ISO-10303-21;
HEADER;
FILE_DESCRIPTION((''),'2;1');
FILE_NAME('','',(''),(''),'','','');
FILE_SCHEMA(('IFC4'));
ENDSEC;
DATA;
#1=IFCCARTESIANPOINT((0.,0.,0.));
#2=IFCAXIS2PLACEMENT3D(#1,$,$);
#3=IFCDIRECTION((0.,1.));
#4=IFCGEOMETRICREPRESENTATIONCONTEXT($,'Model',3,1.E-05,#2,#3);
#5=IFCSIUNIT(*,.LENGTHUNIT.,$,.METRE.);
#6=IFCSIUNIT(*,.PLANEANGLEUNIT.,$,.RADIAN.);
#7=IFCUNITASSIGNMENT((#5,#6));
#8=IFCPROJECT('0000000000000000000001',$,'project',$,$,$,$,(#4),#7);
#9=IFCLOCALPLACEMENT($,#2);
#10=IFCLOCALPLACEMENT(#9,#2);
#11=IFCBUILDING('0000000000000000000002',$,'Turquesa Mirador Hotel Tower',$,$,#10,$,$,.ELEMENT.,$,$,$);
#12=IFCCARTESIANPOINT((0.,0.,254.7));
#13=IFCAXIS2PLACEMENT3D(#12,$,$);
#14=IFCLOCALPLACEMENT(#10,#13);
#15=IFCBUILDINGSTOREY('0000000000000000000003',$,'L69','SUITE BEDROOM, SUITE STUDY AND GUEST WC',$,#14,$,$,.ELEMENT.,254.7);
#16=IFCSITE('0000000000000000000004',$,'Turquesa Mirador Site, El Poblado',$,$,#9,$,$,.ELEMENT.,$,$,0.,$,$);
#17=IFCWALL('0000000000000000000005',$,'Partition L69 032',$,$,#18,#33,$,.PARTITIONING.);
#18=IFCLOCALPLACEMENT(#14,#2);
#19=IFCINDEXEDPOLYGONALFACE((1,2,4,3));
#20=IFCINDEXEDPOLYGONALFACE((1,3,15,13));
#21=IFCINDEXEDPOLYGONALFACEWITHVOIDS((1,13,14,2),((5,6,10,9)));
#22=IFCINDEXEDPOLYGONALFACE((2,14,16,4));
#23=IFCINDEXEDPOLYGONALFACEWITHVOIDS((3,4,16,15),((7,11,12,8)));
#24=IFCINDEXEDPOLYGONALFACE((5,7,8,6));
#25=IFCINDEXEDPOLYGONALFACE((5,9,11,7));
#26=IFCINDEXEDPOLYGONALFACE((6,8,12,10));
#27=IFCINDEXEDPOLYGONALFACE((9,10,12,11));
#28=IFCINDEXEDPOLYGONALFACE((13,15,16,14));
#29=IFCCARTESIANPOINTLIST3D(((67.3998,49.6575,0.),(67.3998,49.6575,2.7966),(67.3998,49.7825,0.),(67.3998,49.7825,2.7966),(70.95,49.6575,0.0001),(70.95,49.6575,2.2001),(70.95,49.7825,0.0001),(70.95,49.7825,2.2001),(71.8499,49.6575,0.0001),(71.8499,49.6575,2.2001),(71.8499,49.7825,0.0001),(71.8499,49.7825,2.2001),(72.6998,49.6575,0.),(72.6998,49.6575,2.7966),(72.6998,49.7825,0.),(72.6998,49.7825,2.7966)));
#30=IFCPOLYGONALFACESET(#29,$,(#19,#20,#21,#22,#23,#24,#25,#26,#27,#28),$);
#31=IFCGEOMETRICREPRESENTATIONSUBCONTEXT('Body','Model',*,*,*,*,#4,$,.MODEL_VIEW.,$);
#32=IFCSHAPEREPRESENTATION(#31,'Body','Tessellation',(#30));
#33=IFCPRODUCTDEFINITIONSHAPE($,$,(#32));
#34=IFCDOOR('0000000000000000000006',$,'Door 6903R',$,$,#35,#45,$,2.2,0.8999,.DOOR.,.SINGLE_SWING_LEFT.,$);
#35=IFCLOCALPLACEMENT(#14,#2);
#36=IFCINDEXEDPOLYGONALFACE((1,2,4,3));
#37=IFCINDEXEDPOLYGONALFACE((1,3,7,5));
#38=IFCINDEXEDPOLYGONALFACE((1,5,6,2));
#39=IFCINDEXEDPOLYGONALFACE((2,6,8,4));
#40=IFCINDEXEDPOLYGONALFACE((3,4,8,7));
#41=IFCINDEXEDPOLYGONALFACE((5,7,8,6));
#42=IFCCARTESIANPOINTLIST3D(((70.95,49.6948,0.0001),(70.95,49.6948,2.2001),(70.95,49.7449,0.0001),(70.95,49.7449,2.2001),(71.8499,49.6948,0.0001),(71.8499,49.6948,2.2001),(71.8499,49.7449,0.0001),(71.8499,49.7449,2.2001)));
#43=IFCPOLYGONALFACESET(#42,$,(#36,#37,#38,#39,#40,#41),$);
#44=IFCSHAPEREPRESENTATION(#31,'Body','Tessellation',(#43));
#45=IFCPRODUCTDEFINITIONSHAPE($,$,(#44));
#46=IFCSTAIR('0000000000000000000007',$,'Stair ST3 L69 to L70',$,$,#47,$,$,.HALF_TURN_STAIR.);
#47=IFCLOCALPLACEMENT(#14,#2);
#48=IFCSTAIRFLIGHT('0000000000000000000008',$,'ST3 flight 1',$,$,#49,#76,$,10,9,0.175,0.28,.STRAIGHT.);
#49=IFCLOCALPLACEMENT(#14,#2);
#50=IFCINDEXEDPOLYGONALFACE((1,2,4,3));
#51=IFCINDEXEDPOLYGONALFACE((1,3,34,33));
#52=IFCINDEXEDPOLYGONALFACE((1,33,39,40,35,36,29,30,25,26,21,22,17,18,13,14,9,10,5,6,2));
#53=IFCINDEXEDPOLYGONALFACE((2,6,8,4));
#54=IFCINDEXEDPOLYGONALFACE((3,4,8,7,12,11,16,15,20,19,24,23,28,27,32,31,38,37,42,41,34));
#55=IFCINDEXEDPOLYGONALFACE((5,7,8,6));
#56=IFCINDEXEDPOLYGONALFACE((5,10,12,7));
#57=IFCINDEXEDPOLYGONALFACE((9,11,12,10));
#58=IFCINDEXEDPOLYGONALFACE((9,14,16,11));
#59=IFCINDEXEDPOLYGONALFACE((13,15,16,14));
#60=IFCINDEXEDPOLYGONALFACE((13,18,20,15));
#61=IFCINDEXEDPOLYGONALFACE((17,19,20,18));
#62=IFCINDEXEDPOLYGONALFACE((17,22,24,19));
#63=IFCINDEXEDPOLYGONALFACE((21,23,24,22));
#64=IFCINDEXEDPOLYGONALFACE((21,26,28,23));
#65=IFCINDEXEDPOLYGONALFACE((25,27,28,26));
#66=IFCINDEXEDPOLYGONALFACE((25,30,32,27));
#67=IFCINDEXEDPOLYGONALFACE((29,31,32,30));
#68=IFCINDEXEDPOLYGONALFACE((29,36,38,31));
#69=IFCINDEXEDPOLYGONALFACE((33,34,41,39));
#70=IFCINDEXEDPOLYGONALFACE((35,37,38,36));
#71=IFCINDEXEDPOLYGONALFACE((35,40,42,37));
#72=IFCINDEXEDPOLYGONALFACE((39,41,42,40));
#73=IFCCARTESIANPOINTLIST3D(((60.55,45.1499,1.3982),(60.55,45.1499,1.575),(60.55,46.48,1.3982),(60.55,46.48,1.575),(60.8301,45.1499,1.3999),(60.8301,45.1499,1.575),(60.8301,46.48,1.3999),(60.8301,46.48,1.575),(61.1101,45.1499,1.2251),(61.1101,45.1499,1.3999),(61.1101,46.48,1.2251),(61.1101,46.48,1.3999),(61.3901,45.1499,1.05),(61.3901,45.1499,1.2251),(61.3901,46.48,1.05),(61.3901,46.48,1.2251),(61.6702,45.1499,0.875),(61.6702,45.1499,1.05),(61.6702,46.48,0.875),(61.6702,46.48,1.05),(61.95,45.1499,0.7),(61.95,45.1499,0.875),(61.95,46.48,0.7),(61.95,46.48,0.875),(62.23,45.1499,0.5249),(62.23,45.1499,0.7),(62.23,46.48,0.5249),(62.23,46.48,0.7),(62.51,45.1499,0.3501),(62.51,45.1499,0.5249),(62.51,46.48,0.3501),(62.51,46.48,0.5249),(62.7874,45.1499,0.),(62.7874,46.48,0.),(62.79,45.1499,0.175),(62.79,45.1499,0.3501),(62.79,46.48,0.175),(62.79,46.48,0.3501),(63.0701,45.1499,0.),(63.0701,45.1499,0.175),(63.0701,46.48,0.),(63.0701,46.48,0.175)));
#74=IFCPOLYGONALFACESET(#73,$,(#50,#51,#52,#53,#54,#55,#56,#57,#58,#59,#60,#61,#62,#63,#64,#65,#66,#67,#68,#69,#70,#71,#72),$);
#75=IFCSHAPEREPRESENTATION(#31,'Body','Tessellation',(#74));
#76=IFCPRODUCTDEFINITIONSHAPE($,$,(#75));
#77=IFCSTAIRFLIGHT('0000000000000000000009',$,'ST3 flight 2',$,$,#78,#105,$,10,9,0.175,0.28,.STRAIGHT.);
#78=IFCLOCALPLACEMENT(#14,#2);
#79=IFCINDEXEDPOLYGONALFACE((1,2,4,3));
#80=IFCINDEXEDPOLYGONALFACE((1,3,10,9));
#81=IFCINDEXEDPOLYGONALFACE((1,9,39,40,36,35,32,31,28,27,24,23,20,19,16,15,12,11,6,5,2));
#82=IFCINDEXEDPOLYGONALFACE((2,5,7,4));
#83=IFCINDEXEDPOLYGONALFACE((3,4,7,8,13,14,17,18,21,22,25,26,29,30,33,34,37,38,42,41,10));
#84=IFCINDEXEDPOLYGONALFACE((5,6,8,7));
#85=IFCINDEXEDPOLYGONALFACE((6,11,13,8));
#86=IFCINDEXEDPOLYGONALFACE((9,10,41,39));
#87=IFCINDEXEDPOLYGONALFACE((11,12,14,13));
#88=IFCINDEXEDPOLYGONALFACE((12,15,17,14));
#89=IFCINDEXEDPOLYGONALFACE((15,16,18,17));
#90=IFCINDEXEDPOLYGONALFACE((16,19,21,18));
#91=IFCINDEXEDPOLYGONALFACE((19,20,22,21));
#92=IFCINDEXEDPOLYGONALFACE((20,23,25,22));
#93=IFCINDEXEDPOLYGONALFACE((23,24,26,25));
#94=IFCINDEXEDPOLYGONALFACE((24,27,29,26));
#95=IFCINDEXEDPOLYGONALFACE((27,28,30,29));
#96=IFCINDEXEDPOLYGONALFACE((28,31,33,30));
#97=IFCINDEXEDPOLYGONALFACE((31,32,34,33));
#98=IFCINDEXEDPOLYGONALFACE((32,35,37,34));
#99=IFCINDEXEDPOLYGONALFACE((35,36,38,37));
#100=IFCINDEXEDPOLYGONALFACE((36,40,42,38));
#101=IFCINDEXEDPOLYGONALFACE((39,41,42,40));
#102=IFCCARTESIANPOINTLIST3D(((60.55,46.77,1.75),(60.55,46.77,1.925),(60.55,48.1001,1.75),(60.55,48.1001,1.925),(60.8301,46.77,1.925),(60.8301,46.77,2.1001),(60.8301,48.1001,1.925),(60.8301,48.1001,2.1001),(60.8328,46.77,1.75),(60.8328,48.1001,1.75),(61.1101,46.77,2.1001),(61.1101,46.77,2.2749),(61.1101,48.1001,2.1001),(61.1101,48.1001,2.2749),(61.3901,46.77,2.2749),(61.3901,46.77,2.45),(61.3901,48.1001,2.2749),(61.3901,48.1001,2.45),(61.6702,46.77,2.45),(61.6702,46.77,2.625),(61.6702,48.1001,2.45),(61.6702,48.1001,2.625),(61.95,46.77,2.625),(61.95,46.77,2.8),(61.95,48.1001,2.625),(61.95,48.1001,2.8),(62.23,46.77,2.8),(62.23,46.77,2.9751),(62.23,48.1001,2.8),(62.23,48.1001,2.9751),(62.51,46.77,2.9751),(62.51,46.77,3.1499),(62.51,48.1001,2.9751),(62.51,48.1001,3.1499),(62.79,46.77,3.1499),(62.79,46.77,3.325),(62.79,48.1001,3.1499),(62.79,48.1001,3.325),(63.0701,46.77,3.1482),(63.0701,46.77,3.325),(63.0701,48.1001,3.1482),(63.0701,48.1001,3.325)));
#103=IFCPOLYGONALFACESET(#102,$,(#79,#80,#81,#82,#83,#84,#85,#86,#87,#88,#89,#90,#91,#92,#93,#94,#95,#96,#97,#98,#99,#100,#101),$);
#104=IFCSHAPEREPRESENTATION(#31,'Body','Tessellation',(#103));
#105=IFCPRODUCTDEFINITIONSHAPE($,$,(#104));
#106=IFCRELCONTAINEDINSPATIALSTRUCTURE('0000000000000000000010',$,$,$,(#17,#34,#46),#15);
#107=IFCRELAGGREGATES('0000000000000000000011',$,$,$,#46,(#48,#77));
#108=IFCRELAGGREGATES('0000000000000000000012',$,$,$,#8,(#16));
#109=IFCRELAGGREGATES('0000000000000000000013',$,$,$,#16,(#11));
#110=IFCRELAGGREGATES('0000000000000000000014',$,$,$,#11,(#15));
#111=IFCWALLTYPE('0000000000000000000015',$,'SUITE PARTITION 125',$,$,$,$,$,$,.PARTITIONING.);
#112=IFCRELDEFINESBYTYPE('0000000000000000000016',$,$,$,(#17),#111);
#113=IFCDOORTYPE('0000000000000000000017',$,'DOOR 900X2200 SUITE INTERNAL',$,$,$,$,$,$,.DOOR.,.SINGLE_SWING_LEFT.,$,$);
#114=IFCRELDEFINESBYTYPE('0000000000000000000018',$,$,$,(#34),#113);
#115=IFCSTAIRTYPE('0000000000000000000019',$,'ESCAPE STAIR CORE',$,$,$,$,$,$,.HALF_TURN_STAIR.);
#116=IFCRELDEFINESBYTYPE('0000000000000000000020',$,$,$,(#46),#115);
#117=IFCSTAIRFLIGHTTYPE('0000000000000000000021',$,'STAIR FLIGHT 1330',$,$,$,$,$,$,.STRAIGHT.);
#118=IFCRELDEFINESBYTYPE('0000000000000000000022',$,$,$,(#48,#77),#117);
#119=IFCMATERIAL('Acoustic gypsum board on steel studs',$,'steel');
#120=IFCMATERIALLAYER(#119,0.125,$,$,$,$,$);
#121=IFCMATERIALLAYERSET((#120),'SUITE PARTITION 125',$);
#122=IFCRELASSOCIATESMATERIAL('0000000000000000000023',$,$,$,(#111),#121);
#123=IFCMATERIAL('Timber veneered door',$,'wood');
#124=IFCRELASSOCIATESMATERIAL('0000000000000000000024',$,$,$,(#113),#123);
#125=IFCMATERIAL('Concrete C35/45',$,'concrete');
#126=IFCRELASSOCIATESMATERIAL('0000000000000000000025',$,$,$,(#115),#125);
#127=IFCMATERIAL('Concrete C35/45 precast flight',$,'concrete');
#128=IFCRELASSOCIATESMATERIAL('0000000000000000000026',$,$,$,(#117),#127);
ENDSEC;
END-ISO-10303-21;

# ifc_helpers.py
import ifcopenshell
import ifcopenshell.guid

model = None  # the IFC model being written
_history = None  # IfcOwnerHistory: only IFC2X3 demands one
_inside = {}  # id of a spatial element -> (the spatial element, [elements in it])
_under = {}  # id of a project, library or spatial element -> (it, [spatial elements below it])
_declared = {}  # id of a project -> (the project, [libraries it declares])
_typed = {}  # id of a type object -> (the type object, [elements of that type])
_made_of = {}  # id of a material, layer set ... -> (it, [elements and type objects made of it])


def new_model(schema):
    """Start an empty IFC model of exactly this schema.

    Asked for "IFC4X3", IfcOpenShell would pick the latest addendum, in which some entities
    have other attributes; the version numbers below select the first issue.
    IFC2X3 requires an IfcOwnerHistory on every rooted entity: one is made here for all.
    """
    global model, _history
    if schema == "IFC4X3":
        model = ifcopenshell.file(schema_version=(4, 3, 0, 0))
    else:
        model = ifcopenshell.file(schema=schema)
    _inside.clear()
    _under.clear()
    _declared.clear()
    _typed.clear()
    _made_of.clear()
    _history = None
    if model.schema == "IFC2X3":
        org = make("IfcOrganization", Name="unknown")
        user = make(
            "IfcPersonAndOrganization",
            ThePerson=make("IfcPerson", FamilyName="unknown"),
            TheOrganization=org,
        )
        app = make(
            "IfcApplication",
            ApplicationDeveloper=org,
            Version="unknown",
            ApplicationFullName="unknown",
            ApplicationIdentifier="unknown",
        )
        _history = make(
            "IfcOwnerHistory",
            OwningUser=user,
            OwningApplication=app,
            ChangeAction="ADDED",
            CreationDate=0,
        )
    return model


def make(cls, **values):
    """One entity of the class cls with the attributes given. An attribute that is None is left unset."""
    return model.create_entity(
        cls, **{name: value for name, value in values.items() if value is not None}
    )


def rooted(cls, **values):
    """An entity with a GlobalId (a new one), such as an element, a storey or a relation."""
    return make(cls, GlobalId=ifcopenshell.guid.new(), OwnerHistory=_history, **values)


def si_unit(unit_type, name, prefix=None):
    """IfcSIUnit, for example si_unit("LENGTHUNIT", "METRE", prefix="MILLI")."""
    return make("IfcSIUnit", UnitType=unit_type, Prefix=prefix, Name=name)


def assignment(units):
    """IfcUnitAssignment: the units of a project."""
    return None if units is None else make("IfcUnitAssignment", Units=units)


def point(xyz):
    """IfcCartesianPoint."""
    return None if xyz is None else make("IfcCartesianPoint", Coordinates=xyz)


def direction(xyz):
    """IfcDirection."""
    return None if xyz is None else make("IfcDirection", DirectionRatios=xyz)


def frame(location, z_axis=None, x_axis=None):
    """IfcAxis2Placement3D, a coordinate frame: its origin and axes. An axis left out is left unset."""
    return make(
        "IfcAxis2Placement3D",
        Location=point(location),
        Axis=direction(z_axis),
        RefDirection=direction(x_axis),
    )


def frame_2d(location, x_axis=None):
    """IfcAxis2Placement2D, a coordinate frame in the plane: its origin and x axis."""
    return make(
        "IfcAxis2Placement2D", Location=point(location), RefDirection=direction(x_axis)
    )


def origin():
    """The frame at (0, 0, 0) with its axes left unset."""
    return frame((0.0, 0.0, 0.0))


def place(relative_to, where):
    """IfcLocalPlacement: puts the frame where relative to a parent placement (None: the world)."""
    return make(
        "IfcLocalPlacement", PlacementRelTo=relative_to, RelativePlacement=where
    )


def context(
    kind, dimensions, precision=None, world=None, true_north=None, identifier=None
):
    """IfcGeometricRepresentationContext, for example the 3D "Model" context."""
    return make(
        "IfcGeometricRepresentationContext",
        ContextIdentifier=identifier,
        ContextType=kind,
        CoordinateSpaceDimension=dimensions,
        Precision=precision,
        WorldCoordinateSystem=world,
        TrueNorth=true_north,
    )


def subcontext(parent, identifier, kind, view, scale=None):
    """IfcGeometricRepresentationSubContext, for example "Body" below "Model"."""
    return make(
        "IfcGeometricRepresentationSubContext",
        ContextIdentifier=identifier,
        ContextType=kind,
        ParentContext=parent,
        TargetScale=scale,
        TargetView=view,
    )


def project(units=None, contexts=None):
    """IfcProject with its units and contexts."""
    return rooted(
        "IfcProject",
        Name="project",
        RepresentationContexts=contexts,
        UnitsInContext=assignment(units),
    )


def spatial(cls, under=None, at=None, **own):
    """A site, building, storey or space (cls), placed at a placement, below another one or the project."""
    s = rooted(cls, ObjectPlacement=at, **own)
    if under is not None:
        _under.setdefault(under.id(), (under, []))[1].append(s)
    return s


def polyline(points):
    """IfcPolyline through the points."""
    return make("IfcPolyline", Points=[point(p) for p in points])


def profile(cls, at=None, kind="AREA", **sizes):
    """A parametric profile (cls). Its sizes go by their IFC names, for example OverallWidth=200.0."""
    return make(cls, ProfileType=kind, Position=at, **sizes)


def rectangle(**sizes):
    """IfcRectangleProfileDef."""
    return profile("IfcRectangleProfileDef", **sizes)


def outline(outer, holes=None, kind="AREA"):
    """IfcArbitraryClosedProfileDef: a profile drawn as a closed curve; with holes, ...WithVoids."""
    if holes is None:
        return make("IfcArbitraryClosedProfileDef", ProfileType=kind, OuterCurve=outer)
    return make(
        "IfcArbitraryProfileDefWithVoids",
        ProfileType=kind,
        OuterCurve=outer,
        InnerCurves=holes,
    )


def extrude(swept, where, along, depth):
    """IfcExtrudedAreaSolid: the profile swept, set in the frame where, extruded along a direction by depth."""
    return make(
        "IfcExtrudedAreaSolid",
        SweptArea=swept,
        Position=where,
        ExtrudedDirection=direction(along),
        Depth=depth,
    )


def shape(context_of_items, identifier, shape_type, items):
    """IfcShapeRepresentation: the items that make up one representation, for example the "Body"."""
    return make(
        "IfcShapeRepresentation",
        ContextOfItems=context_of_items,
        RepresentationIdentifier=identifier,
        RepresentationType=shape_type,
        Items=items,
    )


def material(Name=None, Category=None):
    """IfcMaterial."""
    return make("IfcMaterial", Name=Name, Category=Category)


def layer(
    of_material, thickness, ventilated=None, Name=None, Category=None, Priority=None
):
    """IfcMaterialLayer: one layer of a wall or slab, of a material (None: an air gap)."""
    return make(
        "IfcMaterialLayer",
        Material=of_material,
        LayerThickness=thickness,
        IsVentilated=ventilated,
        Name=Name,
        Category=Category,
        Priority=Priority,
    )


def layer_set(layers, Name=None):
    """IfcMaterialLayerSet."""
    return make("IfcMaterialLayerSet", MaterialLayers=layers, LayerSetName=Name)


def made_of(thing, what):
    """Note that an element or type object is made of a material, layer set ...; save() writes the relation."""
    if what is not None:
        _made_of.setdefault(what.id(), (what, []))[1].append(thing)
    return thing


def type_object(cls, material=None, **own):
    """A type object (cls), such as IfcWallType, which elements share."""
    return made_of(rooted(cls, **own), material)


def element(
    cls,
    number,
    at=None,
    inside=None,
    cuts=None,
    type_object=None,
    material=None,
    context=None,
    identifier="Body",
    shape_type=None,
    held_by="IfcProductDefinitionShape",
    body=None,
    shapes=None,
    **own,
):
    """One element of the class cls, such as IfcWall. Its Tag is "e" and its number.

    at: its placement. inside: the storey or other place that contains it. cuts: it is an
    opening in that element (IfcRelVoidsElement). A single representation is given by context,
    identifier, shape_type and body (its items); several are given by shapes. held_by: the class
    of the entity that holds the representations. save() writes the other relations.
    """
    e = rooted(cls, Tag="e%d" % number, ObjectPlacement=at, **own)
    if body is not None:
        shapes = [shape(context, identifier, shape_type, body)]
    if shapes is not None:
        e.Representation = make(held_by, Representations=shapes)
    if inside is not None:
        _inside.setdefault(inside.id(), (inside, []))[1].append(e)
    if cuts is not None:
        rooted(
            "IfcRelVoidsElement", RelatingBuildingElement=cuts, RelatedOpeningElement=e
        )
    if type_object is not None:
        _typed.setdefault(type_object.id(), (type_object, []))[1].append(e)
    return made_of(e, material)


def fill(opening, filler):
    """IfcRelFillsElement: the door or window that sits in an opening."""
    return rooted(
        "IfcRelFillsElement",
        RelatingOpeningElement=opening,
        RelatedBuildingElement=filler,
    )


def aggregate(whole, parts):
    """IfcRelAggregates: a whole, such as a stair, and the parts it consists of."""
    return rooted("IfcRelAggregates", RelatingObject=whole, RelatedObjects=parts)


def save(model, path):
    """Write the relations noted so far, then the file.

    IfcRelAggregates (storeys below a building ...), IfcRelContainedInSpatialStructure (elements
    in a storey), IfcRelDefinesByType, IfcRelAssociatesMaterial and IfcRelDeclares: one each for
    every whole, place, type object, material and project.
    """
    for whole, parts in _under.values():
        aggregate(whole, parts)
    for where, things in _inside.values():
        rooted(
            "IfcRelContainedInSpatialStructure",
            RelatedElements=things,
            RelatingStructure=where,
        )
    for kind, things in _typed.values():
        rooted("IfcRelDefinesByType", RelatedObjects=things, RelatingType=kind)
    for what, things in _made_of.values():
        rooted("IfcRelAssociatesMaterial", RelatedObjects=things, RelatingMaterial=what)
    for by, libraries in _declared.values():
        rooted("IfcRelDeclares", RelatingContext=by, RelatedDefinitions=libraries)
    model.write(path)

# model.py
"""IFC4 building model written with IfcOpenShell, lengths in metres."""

from ifc_helpers import new_model, si_unit, direction, frame, frame_2d, origin, place, context, subcontext, project, spatial, polyline, rectangle, outline, extrude, material, layer, layer_set, type_object, element, fill, aggregate, save


model = new_model("IFC4")

# Units and contexts
model_context = context("Model", 3, precision=1e-05, world=origin(), true_north=direction((0.0, 1.0)))
body_context = subcontext(model_context, "Body", "Model", "MODEL_VIEW")
ifc_project = project(units=[si_unit("LENGTHUNIT", "METRE"), si_unit("PLANEANGLEUNIT", "RADIAN")], contexts=[model_context])

# Site, building, storey
site_placement = place(None, origin())
site = spatial("IfcSite", under=ifc_project, at=site_placement, Name="Turquesa Mirador Site, El Poblado", CompositionType="ELEMENT", RefElevation=0.0)
building_placement = place(site_placement, origin())
building = spatial("IfcBuilding", under=site, at=building_placement, Name="Turquesa Mirador Hotel Tower", CompositionType="ELEMENT")
storey_placement = place(building_placement, frame((0.0, 0.0, 254.7)))
storey = spatial("IfcBuildingStorey", under=building, at=storey_placement, Name="L69", Description="SUITE BEDROOM, SUITE STUDY AND GUEST WC", CompositionType="ELEMENT", Elevation=254.7)

# Shared definitions
ifc_material_1 = material(Name="Acoustic gypsum board on steel studs", Category="steel")
ifc_layer_1 = layer(ifc_material_1, 0.125)
ifc_layer_set_1 = layer_set([ifc_layer_1], Name="SUITE PARTITION 125")
wall_type_1 = type_object("IfcWallType", Name="SUITE PARTITION 125", PredefinedType="PARTITIONING", material=ifc_layer_set_1)

# Wall, opening, door
wall_1_placement = place(storey_placement, frame((67.3999, 49.72, 0.0), z_axis=(0.0, 0.0, 1.0), x_axis=(1.0, 0.0, 0.0)))
wall_1 = element("IfcWall", 1, at=wall_1_placement, inside=storey, type_object=wall_type_1, Name="Partition L69 032", PredefinedType="PARTITIONING", context=body_context, shape_type="SweptSolid", body=[
    extrude(rectangle(XDim=5.3, YDim=0.125, at=frame_2d((2.6499, 0.0))), origin(), (0.0, 0.0, 1.0), 2.7966),
])
opening_1_placement = place(wall_1_placement, frame((3.55, 0.0, 0.0)))
opening_1 = element("IfcOpeningElement", 2, at=opening_1_placement, cuts=wall_1, PredefinedType="OPENING", context=body_context, shape_type="SweptSolid", body=[
    extrude(rectangle(XDim=0.8999, YDim=2.2, at=frame_2d((0.45, 1.1001))), frame((0.0, 0.0725, 0.0), z_axis=(0.0, -1.0, 0.0), x_axis=(1.0, 0.0, 0.0)), (0.0, 0.0, 1.0), 0.145),
])
ifc_material_2 = material(Name="Timber veneered door", Category="wood")
door_type_1 = type_object("IfcDoorType", Name="DOOR 900X2200 SUITE INTERNAL", OperationType="SINGLE_SWING_LEFT", PredefinedType="DOOR", material=ifc_material_2)
door_1_placement = place(opening_1_placement, origin())
door_1 = element("IfcDoor", 3, at=door_1_placement, inside=storey, type_object=door_type_1, Name="Door 6903R", OperationType="SINGLE_SWING_LEFT", OverallHeight=2.2, OverallWidth=0.8999, PredefinedType="DOOR", context=body_context, shape_type="SweptSolid", body=[
    extrude(rectangle(XDim=0.8999, YDim=2.2, at=frame_2d((0.45, 1.1001))), frame((0.0, 0.0249, 0.0), z_axis=(0.0, -1.0, 0.0), x_axis=(1.0, 0.0, 0.0)), (0.0, 0.0, 1.0), 0.05),
])
fill(opening_1, door_1)

# Stair, stair flights
ifc_material_3 = material(Name="Concrete C35/45", Category="concrete")
stair_type = type_object("IfcStairType", Name="ESCAPE STAIR CORE", PredefinedType="HALF_TURN_STAIR", material=ifc_material_3)
stair_placement = place(storey_placement, origin())
stair = element("IfcStair", 4, at=stair_placement, inside=storey, type_object=stair_type, Name="Stair ST3 L69 to L70", PredefinedType="HALF_TURN_STAIR")
ifc_material_4 = material(Name="Concrete C35/45 precast flight", Category="concrete")
stair_flight_type = type_object("IfcStairFlightType", Name="STAIR FLIGHT 1330", PredefinedType="STRAIGHT", material=ifc_material_4)
stair_flight_1_placement = place(storey_placement, frame((63.0701, 45.8149, 0.0), z_axis=(0.0, 0.0, 1.0), x_axis=(-1.0, 0.0, 0.0)))
stair_flight_1 = element("IfcStairFlight", 5, at=stair_flight_1_placement, type_object=stair_flight_type, Name="ST3 flight 1", NumberOfRisers=10, NumberOfTreads=9, PredefinedType="STRAIGHT", RiserHeight=0.175, TreadLength=0.28, context=body_context, shape_type="SweptSolid", body=[
    extrude(outline(polyline([(0.0, 0.0), (0.0, 0.175), (0.28, 0.175), (0.28, 0.3501), (0.5601, 0.3501), (0.5601, 0.5249), (0.8401, 0.5249), (0.8401, 0.7), (1.1201, 0.7), (1.1201, 0.875), (1.3999, 0.875), (1.3999, 1.05), (1.6799, 1.05), (1.6799, 1.2251), (1.96, 1.2251), (1.96, 1.3999), (2.24, 1.3999), (2.24, 1.575), (2.52, 1.575), (2.52, 1.75), (2.52, 1.3982), (0.2827, 0.0), (0.0, 0.0)])), frame((0.0, 0.665, 0.0), z_axis=(0.0, -1.0, 0.0), x_axis=(1.0, 0.0, 0.0)), (0.0, 0.0, 1.0), 1.3301),
])
stair_flight_2_placement = place(storey_placement, frame((60.55, 47.4351, 1.75), z_axis=(0.0, 0.0, 1.0), x_axis=(1.0, 0.0, 0.0)))
stair_flight_2 = element("IfcStairFlight", 6, at=stair_flight_2_placement, type_object=stair_flight_type, Name="ST3 flight 2", NumberOfRisers=10, NumberOfTreads=9, PredefinedType="STRAIGHT", RiserHeight=0.175, TreadLength=0.28, context=body_context, shape_type="SweptSolid", body=[
    extrude(outline(polyline([(0.0, 0.0), (0.0, 0.175), (0.28, 0.175), (0.28, 0.3501), (0.5601, 0.3501), (0.5601, 0.5249), (0.8401, 0.5249), (0.8401, 0.7), (1.1201, 0.7), (1.1201, 0.875), (1.3999, 0.875), (1.3999, 1.05), (1.6799, 1.05), (1.6799, 1.2251), (1.96, 1.2251), (1.96, 1.3999), (2.24, 1.3999), (2.24, 1.575), (2.52, 1.575), (2.52, 1.75), (2.52, 1.3982), (0.2827, 0.0), (0.0, 0.0)])), frame((0.0, 0.665, 0.0), z_axis=(0.0, -1.0, 0.0), x_axis=(1.0, 0.0, 0.0)), (0.0, 0.0, 1.0), 1.3301),
])
aggregate(stair, [stair_flight_1, stair_flight_2])

save(model, "model.ifc")
